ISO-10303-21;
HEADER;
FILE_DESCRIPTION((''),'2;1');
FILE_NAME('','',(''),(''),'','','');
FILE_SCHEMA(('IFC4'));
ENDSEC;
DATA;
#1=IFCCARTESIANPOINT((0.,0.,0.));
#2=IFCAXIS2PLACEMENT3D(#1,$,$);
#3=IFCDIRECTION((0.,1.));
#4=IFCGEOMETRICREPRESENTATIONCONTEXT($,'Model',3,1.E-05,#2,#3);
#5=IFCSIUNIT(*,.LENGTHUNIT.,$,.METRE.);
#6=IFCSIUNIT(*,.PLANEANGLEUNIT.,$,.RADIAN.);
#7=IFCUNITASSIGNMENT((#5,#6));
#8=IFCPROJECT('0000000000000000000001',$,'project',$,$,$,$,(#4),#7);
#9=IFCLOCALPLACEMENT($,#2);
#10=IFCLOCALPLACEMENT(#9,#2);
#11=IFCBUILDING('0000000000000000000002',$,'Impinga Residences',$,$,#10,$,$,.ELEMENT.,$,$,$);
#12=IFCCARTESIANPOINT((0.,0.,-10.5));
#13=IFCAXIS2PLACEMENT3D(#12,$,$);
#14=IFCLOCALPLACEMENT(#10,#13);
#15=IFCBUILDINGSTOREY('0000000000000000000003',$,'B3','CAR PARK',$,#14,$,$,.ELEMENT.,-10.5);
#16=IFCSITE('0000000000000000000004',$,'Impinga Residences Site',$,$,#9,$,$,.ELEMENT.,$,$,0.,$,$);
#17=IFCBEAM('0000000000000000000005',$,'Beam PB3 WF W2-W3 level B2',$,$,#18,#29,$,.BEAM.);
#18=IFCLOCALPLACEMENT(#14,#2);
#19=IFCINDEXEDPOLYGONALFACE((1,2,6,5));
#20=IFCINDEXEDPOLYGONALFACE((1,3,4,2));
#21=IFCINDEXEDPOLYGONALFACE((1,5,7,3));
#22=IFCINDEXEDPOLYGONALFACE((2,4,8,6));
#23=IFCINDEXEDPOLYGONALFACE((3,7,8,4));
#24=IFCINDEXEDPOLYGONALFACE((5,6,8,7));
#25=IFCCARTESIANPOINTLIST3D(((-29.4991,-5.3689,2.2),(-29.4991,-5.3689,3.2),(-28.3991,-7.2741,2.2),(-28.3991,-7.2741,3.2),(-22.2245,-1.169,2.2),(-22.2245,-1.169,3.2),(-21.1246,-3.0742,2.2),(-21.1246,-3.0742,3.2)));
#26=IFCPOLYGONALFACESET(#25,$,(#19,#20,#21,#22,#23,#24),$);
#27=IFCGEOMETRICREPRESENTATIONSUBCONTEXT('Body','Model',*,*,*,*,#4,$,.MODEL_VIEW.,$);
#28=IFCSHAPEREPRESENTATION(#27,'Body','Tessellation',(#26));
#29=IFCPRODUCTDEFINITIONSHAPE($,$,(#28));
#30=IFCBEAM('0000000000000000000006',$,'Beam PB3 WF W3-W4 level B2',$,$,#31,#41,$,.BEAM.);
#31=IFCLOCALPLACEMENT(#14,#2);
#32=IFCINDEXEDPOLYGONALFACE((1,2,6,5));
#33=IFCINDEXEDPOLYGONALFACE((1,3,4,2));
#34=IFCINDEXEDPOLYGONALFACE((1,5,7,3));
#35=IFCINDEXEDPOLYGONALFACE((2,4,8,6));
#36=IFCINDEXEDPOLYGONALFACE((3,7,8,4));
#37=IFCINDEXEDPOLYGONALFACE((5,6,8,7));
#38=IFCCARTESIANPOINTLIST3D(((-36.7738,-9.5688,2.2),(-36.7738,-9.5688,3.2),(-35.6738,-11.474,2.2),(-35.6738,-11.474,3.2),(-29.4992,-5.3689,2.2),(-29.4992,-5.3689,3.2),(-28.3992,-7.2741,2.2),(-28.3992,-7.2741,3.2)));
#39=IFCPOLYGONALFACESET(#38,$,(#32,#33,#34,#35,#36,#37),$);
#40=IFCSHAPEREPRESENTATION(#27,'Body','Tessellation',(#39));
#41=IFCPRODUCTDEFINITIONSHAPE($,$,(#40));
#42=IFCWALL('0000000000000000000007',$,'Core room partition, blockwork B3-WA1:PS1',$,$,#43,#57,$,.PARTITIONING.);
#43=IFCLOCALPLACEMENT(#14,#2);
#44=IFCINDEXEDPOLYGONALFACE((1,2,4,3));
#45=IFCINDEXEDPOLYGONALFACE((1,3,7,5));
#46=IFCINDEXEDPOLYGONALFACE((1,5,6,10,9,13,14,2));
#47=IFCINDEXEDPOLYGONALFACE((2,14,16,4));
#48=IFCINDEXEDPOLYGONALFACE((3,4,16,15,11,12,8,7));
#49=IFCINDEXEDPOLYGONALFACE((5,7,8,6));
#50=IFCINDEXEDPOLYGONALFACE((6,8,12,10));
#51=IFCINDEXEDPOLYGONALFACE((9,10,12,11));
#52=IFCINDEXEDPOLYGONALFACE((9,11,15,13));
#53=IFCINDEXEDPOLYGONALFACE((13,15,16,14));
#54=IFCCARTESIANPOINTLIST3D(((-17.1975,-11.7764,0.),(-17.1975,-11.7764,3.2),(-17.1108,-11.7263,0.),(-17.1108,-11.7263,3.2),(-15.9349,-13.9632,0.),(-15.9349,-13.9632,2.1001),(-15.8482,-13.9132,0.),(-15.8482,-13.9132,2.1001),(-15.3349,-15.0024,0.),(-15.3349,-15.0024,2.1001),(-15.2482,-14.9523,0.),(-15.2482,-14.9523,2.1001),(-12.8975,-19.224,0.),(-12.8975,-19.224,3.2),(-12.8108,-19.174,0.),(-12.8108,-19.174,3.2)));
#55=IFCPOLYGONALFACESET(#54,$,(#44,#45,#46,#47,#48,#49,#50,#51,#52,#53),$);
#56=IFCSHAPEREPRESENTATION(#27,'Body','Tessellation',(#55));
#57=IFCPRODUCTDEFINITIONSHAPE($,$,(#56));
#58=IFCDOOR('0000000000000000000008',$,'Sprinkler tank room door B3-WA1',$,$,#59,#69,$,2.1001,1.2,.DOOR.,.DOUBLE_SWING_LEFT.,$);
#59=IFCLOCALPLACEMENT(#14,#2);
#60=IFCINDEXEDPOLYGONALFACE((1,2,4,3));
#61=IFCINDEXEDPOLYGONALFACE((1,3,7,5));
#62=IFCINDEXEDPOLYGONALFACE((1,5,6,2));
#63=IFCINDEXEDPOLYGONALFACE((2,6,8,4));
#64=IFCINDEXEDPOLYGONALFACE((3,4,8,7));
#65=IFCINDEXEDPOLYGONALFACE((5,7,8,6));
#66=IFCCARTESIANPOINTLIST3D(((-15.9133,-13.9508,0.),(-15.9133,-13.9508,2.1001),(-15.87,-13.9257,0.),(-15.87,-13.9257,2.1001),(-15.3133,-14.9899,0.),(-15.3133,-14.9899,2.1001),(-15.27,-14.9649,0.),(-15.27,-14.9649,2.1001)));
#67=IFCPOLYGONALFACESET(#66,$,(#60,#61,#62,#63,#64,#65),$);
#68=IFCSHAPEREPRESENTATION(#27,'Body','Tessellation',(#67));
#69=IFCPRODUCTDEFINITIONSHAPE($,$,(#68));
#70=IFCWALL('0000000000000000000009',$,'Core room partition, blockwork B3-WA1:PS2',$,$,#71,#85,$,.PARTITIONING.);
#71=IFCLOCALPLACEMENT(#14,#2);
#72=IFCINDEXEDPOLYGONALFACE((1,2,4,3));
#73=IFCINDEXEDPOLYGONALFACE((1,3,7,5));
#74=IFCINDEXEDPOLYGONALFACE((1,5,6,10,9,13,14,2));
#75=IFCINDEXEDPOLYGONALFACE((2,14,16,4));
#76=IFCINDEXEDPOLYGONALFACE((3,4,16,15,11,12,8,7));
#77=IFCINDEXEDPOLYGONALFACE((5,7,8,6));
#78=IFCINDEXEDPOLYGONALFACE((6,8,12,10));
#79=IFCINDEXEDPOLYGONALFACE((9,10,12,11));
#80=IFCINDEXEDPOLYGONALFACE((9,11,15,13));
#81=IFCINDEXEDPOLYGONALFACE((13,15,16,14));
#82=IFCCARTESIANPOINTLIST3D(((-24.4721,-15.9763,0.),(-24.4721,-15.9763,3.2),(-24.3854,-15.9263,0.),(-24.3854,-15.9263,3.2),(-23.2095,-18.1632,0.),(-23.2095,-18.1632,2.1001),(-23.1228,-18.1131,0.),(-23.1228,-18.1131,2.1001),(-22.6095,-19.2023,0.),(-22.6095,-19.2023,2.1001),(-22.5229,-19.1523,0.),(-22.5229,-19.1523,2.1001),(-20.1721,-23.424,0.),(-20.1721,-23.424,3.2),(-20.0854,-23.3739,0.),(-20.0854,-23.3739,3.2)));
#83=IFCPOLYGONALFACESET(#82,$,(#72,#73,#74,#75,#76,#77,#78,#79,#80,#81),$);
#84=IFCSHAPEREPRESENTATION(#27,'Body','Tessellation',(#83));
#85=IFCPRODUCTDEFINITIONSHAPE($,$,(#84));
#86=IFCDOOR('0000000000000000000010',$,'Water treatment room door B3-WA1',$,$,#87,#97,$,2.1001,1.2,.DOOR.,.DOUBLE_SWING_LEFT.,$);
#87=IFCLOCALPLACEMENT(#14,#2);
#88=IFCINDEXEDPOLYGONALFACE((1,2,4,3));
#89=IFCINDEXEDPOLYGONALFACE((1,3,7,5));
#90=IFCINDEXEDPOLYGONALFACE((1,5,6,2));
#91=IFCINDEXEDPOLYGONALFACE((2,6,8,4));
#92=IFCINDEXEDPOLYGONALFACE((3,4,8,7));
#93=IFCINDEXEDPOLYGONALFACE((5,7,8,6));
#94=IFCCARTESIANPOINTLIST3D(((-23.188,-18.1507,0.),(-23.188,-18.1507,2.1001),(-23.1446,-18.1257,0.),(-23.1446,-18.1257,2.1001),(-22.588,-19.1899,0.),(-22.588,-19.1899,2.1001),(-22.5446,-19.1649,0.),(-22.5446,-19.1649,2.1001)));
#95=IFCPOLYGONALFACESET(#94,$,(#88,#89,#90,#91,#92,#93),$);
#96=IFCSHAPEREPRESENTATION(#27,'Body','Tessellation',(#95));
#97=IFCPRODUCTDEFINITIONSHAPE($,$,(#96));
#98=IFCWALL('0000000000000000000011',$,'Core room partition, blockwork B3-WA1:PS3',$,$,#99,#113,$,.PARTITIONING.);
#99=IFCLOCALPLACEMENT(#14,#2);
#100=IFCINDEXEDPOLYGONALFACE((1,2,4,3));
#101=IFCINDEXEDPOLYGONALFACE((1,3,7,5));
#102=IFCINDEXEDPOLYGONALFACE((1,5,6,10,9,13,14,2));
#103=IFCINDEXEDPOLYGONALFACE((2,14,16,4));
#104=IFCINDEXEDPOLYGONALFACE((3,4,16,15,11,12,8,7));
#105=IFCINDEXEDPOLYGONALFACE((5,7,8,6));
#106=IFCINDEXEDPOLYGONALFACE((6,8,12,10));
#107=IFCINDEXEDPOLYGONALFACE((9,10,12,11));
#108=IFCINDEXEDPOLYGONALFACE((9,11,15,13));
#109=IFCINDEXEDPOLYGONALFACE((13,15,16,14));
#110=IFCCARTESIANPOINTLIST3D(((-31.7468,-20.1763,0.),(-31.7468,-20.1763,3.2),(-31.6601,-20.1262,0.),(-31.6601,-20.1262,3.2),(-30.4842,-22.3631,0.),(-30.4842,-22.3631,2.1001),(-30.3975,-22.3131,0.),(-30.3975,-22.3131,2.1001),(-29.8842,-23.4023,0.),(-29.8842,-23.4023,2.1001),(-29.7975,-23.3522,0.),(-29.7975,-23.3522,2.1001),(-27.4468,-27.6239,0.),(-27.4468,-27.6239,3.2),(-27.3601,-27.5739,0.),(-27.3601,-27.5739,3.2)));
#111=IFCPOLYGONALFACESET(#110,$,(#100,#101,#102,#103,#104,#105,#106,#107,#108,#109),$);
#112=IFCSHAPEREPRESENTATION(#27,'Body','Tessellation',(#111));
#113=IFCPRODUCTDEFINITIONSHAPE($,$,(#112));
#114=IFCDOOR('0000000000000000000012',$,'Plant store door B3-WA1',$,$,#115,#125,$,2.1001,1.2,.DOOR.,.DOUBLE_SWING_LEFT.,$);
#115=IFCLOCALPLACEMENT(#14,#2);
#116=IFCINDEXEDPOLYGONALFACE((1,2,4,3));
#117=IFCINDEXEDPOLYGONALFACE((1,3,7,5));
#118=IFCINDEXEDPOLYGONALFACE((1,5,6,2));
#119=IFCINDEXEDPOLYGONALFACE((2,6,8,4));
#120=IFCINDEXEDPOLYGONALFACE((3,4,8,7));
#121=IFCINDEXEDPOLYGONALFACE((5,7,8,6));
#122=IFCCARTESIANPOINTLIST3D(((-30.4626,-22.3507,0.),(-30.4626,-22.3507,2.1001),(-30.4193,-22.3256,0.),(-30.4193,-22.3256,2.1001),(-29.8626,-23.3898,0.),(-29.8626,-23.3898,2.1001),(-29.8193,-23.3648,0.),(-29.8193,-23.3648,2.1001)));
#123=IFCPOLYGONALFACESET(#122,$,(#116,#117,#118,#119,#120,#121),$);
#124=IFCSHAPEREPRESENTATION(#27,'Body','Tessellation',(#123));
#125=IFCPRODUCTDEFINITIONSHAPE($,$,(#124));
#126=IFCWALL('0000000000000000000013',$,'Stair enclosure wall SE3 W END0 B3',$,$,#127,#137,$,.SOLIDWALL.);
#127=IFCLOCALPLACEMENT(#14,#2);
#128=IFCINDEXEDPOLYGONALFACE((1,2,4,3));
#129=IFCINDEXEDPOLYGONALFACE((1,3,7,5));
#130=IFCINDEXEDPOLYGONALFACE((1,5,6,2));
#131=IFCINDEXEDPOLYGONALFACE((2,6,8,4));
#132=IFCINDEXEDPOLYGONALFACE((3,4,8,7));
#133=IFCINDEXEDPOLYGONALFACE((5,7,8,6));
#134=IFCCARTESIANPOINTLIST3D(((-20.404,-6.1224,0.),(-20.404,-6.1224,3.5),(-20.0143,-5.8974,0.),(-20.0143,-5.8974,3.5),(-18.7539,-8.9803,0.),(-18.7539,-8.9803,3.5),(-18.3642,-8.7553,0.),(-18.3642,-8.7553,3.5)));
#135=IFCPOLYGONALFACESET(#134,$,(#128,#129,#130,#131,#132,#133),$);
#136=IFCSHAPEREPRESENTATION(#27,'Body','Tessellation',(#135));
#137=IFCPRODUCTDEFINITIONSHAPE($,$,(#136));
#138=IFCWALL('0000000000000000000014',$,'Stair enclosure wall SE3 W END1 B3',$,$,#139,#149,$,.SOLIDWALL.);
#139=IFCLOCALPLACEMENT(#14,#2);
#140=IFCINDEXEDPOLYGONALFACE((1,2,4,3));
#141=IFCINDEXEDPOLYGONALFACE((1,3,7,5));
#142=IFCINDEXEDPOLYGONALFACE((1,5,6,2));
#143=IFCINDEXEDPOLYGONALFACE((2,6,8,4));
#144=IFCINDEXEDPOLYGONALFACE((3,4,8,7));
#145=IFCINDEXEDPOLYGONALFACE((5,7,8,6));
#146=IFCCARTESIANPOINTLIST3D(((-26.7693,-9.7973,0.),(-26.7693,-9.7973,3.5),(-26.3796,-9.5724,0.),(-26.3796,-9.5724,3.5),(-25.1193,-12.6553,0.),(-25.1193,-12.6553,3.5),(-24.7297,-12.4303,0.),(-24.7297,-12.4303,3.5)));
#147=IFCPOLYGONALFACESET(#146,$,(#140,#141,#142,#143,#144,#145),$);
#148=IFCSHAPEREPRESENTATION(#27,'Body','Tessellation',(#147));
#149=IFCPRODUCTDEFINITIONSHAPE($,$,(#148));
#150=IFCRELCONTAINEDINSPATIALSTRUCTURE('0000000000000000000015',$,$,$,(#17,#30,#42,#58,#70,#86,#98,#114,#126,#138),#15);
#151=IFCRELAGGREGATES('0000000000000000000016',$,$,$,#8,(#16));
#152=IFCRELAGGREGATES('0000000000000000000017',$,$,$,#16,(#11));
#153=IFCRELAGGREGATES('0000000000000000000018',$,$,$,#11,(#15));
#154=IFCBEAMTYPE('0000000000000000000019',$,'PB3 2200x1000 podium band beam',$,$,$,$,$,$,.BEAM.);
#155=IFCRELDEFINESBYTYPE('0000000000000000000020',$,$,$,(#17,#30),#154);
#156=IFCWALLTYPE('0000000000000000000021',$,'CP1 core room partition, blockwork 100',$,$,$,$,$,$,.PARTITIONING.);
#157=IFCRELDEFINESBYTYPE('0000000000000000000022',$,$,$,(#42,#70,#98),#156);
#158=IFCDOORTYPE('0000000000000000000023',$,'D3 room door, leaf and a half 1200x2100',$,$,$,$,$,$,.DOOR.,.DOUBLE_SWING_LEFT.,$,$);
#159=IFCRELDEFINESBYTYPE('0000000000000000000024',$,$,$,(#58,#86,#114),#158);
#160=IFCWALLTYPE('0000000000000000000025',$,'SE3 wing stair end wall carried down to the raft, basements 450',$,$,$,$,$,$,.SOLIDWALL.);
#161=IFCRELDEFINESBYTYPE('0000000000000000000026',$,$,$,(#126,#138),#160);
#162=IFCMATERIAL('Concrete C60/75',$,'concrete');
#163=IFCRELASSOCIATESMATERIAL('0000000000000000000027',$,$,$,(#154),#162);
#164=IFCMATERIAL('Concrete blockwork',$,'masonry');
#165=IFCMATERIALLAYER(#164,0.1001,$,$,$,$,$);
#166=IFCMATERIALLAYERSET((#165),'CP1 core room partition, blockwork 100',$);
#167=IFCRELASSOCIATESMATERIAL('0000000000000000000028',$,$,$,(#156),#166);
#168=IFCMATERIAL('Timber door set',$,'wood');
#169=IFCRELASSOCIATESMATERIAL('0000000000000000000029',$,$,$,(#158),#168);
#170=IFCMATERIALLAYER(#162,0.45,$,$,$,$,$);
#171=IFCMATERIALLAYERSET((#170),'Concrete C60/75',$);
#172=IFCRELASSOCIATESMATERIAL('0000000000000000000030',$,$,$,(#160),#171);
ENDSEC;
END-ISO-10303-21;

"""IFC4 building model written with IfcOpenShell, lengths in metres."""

from ifc_helpers import new_model, si_unit, direction, frame, frame_2d, origin, origin_2d, place, context, subcontext, project, spatial, rectangle, extrude, material, layer, layer_set, material_profile, profile_set, type_object, element, fill, save


model = new_model("IFC4")

# Units and contexts
model_context = context("Model", 3, precision=1e-05, world=origin(), true_north=direction((0.0, 1.0)))
body_context = subcontext(model_context, "Body", "Model", "MODEL_VIEW")
ifc_project = project(units=[si_unit("LENGTHUNIT", "METRE"), si_unit("PLANEANGLEUNIT", "RADIAN")], contexts=[model_context])

# Site, building, storey
site_placement = place(None, origin())
site = spatial("IfcSite", under=ifc_project, at=site_placement, Name="Impinga Residences Site", CompositionType="ELEMENT", RefElevation=0.0)
building_placement = place(site_placement, origin())
building = spatial("IfcBuilding", under=site, at=building_placement, Name="Impinga Residences", CompositionType="ELEMENT")
storey_placement = place(building_placement, frame((0.0, 0.0, -10.5)))
storey = spatial("IfcBuildingStorey", under=building, at=storey_placement, Name="B3", Description="CAR PARK", CompositionType="ELEMENT", Elevation=-10.5)

# Beams
ifc_material_1 = material(Name="Concrete C60/75", Category="concrete")
ifc_material_profile_1 = material_profile(ifc_material_1, rectangle(XDim=2.2, YDim=1.0, at=origin_2d()), Name="RC 2200x1000")
ifc_profile_set_1 = profile_set([ifc_material_profile_1], Name="Concrete C60/75")
beam_type_1 = type_object("IfcBeamType", Name="PB3 2200x1000 podium band beam", PredefinedType="BEAM", material=ifc_profile_set_1)
for number, where, z_axis, x_axis, name in (
    (1, (-21.6746, -2.1216, 2.7), (-0.866029, -0.499993, 0.0), (0.499993, -0.866029, 0.0), "Beam PB3 WF W2-W3 level B2"),
    (2, (-28.9492, -6.3215, 2.7), (-0.866029, -0.499993, 0.0), (0.499993, -0.866029, 0.0), "Beam PB3 WF W3-W4 level B2"),
):
    element("IfcBeam", number, at=place(storey_placement, frame(where, z_axis=z_axis, x_axis=x_axis)), inside=storey, type_object=beam_type_1, Name=name, PredefinedType="BEAM", context=body_context, shape_type="SweptSolid", body=[
        extrude(rectangle(XDim=2.2, YDim=1.0, at=origin_2d()), origin(), (0.0, 0.0, 1.0), 8.3999),
    ])

# Walls, openings, doors
ifc_material_2 = material(Name="Concrete blockwork", Category="masonry")
ifc_layer_1 = layer(ifc_material_2, 0.1001)
ifc_layer_set_1 = layer_set([ifc_layer_1], Name="CP1 core room partition, blockwork 100")
wall_type_1 = type_object("IfcWallType", Name="CP1 core room partition, blockwork 100", PredefinedType="PARTITIONING", material=ifc_layer_set_1)
wall_1_placement = place(storey_placement, frame((-17.1541, -11.7515, 0.0), z_axis=(0.0, 0.0, 1.0), x_axis=(0.500008, -0.866021, 0.0)))
wall_1 = element("IfcWall", 3, at=wall_1_placement, inside=storey, type_object=wall_type_1, Name="Core room partition, blockwork B3-WA1:PS1", PredefinedType="PARTITIONING", context=body_context, shape_type="SweptSolid", body=[
    extrude(rectangle(XDim=8.5999, YDim=0.1001, at=frame_2d((4.2998, 0.0))), origin(), (0.0, 0.0, 1.0), 3.2),
])
opening_1_placement = place(wall_1_placement, frame((2.5249, 0.0, 0.0)))
opening_1 = element("IfcOpeningElement", 4, at=opening_1_placement, cuts=wall_1, PredefinedType="OPENING", context=body_context, shape_type="SweptSolid", body=[
    extrude(rectangle(XDim=1.2, YDim=2.1001, at=frame_2d((0.6001, 1.05))), frame((0.0, 0.0601, 0.0), z_axis=(0.0, -1.0, 0.0), x_axis=(1.0, 0.0, 0.0)), (0.0, 0.0, 1.0), 0.1201),
])
ifc_material_3 = material(Name="Timber door set", Category="wood")
door_type = type_object("IfcDoorType", Name="D3 room door, leaf and a half 1200x2100", OperationType="DOUBLE_SWING_LEFT", PredefinedType="DOOR", material=ifc_material_3)
door_1_placement = place(opening_1_placement, origin())
door_1 = element("IfcDoor", 5, at=door_1_placement, inside=storey, type_object=door_type, Name="Sprinkler tank room door B3-WA1", OperationType="DOUBLE_SWING_LEFT", OverallHeight=2.1001, OverallWidth=1.2, PredefinedType="DOOR", context=body_context, shape_type="SweptSolid", body=[
    extrude(rectangle(XDim=1.2, YDim=2.1001, at=frame_2d((0.6001, 1.05))), frame((0.0, 0.0249, 0.0), z_axis=(0.0, -1.0, 0.0), x_axis=(1.0, 0.0, 0.0)), (0.0, 0.0, 1.0), 0.05),
])
fill(opening_1, door_1)
wall_2_placement = place(storey_placement, frame((-24.4287, -15.9514, 0.0), z_axis=(0.0, 0.0, 1.0), x_axis=(0.500008, -0.866021, 0.0)))
wall_2 = element("IfcWall", 6, at=wall_2_placement, inside=storey, type_object=wall_type_1, Name="Core room partition, blockwork B3-WA1:PS2", PredefinedType="PARTITIONING", context=body_context, shape_type="SweptSolid", body=[
    extrude(rectangle(XDim=8.5999, YDim=0.1001, at=frame_2d((4.2998, 0.0))), origin(), (0.0, 0.0, 1.0), 3.2),
])
opening_2_placement = place(wall_2_placement, frame((2.5249, 0.0, 0.0)))
opening_2 = element("IfcOpeningElement", 7, at=opening_2_placement, cuts=wall_2, PredefinedType="OPENING", context=body_context, shape_type="SweptSolid", body=[
    extrude(rectangle(XDim=1.2, YDim=2.1001, at=frame_2d((0.6001, 1.05))), frame((0.0, 0.0601, 0.0), z_axis=(0.0, -1.0, 0.0), x_axis=(1.0, 0.0, 0.0)), (0.0, 0.0, 1.0), 0.1201),
])
door_2_placement = place(opening_2_placement, origin())
door_2 = element("IfcDoor", 8, at=door_2_placement, inside=storey, type_object=door_type, Name="Water treatment room door B3-WA1", OperationType="DOUBLE_SWING_LEFT", OverallHeight=2.1001, OverallWidth=1.2, PredefinedType="DOOR", context=body_context, shape_type="SweptSolid", body=[
    extrude(rectangle(XDim=1.2, YDim=2.1001, at=frame_2d((0.6001, 1.05))), frame((0.0, 0.0249, 0.0), z_axis=(0.0, -1.0, 0.0), x_axis=(1.0, 0.0, 0.0)), (0.0, 0.0, 1.0), 0.05),
])
fill(opening_2, door_2)
wall_3_placement = place(storey_placement, frame((-31.7034, -20.1514, 0.0), z_axis=(0.0, 0.0, 1.0), x_axis=(0.500008, -0.866021, 0.0)))
wall_3 = element("IfcWall", 9, at=wall_3_placement, inside=storey, type_object=wall_type_1, Name="Core room partition, blockwork B3-WA1:PS3", PredefinedType="PARTITIONING", context=body_context, shape_type="SweptSolid", body=[
    extrude(rectangle(XDim=8.5999, YDim=0.1001, at=frame_2d((4.2998, 0.0))), origin(), (0.0, 0.0, 1.0), 3.2),
])
opening_3_placement = place(wall_3_placement, frame((2.5249, 0.0, 0.0)))
opening_3 = element("IfcOpeningElement", 10, at=opening_3_placement, cuts=wall_3, PredefinedType="OPENING", context=body_context, shape_type="SweptSolid", body=[
    extrude(rectangle(XDim=1.2, YDim=2.1001, at=frame_2d((0.6001, 1.05))), frame((0.0, 0.0601, 0.0), z_axis=(0.0, -1.0, 0.0), x_axis=(1.0, 0.0, 0.0)), (0.0, 0.0, 1.0), 0.1201),
])
door_3_placement = place(opening_3_placement, origin())
door_3 = element("IfcDoor", 11, at=door_3_placement, inside=storey, type_object=door_type, Name="Plant store door B3-WA1", OperationType="DOUBLE_SWING_LEFT", OverallHeight=2.1001, OverallWidth=1.2, PredefinedType="DOOR", context=body_context, shape_type="SweptSolid", body=[
    extrude(rectangle(XDim=1.2, YDim=2.1001, at=frame_2d((0.6001, 1.05))), frame((0.0, 0.0249, 0.0), z_axis=(0.0, -1.0, 0.0), x_axis=(1.0, 0.0, 0.0)), (0.0, 0.0, 1.0), 0.05),
])
fill(opening_3, door_3)

# Walls
ifc_layer_2 = layer(ifc_material_1, 0.45)
ifc_layer_set_2 = layer_set([ifc_layer_2], Name="Concrete C60/75")
wall_type_2 = type_object("IfcWallType", Name="SE3 wing stair end wall carried down to the raft, basements 450", PredefinedType="SOLIDWALL", material=ifc_layer_set_2)
for number, where, z_axis, x_axis, name in (
    (12, (-18.5591, -8.8677, 0.0), (0.0, 0.0, 1.0), (-0.50003, 0.866008, 0.0), "Stair enclosure wall SE3 W END0 B3"),
    (13, (-24.9246, -12.5427, 0.0), (0.0, 0.0, 1.0), (-0.499974, 0.86604, 0.0), "Stair enclosure wall SE3 W END1 B3"),
):
    element("IfcWall", number, at=place(storey_placement, frame(where, z_axis=z_axis, x_axis=x_axis)), inside=storey, type_object=wall_type_2, Name=name, PredefinedType="SOLIDWALL", context=body_context, shape_type="SweptSolid", body=[
        extrude(rectangle(XDim=3.3, YDim=0.45, at=frame_2d((1.6499, 0.0))), origin(), (0.0, 0.0, 1.0), 3.5),
    ])

save(model, "model.ifc")
